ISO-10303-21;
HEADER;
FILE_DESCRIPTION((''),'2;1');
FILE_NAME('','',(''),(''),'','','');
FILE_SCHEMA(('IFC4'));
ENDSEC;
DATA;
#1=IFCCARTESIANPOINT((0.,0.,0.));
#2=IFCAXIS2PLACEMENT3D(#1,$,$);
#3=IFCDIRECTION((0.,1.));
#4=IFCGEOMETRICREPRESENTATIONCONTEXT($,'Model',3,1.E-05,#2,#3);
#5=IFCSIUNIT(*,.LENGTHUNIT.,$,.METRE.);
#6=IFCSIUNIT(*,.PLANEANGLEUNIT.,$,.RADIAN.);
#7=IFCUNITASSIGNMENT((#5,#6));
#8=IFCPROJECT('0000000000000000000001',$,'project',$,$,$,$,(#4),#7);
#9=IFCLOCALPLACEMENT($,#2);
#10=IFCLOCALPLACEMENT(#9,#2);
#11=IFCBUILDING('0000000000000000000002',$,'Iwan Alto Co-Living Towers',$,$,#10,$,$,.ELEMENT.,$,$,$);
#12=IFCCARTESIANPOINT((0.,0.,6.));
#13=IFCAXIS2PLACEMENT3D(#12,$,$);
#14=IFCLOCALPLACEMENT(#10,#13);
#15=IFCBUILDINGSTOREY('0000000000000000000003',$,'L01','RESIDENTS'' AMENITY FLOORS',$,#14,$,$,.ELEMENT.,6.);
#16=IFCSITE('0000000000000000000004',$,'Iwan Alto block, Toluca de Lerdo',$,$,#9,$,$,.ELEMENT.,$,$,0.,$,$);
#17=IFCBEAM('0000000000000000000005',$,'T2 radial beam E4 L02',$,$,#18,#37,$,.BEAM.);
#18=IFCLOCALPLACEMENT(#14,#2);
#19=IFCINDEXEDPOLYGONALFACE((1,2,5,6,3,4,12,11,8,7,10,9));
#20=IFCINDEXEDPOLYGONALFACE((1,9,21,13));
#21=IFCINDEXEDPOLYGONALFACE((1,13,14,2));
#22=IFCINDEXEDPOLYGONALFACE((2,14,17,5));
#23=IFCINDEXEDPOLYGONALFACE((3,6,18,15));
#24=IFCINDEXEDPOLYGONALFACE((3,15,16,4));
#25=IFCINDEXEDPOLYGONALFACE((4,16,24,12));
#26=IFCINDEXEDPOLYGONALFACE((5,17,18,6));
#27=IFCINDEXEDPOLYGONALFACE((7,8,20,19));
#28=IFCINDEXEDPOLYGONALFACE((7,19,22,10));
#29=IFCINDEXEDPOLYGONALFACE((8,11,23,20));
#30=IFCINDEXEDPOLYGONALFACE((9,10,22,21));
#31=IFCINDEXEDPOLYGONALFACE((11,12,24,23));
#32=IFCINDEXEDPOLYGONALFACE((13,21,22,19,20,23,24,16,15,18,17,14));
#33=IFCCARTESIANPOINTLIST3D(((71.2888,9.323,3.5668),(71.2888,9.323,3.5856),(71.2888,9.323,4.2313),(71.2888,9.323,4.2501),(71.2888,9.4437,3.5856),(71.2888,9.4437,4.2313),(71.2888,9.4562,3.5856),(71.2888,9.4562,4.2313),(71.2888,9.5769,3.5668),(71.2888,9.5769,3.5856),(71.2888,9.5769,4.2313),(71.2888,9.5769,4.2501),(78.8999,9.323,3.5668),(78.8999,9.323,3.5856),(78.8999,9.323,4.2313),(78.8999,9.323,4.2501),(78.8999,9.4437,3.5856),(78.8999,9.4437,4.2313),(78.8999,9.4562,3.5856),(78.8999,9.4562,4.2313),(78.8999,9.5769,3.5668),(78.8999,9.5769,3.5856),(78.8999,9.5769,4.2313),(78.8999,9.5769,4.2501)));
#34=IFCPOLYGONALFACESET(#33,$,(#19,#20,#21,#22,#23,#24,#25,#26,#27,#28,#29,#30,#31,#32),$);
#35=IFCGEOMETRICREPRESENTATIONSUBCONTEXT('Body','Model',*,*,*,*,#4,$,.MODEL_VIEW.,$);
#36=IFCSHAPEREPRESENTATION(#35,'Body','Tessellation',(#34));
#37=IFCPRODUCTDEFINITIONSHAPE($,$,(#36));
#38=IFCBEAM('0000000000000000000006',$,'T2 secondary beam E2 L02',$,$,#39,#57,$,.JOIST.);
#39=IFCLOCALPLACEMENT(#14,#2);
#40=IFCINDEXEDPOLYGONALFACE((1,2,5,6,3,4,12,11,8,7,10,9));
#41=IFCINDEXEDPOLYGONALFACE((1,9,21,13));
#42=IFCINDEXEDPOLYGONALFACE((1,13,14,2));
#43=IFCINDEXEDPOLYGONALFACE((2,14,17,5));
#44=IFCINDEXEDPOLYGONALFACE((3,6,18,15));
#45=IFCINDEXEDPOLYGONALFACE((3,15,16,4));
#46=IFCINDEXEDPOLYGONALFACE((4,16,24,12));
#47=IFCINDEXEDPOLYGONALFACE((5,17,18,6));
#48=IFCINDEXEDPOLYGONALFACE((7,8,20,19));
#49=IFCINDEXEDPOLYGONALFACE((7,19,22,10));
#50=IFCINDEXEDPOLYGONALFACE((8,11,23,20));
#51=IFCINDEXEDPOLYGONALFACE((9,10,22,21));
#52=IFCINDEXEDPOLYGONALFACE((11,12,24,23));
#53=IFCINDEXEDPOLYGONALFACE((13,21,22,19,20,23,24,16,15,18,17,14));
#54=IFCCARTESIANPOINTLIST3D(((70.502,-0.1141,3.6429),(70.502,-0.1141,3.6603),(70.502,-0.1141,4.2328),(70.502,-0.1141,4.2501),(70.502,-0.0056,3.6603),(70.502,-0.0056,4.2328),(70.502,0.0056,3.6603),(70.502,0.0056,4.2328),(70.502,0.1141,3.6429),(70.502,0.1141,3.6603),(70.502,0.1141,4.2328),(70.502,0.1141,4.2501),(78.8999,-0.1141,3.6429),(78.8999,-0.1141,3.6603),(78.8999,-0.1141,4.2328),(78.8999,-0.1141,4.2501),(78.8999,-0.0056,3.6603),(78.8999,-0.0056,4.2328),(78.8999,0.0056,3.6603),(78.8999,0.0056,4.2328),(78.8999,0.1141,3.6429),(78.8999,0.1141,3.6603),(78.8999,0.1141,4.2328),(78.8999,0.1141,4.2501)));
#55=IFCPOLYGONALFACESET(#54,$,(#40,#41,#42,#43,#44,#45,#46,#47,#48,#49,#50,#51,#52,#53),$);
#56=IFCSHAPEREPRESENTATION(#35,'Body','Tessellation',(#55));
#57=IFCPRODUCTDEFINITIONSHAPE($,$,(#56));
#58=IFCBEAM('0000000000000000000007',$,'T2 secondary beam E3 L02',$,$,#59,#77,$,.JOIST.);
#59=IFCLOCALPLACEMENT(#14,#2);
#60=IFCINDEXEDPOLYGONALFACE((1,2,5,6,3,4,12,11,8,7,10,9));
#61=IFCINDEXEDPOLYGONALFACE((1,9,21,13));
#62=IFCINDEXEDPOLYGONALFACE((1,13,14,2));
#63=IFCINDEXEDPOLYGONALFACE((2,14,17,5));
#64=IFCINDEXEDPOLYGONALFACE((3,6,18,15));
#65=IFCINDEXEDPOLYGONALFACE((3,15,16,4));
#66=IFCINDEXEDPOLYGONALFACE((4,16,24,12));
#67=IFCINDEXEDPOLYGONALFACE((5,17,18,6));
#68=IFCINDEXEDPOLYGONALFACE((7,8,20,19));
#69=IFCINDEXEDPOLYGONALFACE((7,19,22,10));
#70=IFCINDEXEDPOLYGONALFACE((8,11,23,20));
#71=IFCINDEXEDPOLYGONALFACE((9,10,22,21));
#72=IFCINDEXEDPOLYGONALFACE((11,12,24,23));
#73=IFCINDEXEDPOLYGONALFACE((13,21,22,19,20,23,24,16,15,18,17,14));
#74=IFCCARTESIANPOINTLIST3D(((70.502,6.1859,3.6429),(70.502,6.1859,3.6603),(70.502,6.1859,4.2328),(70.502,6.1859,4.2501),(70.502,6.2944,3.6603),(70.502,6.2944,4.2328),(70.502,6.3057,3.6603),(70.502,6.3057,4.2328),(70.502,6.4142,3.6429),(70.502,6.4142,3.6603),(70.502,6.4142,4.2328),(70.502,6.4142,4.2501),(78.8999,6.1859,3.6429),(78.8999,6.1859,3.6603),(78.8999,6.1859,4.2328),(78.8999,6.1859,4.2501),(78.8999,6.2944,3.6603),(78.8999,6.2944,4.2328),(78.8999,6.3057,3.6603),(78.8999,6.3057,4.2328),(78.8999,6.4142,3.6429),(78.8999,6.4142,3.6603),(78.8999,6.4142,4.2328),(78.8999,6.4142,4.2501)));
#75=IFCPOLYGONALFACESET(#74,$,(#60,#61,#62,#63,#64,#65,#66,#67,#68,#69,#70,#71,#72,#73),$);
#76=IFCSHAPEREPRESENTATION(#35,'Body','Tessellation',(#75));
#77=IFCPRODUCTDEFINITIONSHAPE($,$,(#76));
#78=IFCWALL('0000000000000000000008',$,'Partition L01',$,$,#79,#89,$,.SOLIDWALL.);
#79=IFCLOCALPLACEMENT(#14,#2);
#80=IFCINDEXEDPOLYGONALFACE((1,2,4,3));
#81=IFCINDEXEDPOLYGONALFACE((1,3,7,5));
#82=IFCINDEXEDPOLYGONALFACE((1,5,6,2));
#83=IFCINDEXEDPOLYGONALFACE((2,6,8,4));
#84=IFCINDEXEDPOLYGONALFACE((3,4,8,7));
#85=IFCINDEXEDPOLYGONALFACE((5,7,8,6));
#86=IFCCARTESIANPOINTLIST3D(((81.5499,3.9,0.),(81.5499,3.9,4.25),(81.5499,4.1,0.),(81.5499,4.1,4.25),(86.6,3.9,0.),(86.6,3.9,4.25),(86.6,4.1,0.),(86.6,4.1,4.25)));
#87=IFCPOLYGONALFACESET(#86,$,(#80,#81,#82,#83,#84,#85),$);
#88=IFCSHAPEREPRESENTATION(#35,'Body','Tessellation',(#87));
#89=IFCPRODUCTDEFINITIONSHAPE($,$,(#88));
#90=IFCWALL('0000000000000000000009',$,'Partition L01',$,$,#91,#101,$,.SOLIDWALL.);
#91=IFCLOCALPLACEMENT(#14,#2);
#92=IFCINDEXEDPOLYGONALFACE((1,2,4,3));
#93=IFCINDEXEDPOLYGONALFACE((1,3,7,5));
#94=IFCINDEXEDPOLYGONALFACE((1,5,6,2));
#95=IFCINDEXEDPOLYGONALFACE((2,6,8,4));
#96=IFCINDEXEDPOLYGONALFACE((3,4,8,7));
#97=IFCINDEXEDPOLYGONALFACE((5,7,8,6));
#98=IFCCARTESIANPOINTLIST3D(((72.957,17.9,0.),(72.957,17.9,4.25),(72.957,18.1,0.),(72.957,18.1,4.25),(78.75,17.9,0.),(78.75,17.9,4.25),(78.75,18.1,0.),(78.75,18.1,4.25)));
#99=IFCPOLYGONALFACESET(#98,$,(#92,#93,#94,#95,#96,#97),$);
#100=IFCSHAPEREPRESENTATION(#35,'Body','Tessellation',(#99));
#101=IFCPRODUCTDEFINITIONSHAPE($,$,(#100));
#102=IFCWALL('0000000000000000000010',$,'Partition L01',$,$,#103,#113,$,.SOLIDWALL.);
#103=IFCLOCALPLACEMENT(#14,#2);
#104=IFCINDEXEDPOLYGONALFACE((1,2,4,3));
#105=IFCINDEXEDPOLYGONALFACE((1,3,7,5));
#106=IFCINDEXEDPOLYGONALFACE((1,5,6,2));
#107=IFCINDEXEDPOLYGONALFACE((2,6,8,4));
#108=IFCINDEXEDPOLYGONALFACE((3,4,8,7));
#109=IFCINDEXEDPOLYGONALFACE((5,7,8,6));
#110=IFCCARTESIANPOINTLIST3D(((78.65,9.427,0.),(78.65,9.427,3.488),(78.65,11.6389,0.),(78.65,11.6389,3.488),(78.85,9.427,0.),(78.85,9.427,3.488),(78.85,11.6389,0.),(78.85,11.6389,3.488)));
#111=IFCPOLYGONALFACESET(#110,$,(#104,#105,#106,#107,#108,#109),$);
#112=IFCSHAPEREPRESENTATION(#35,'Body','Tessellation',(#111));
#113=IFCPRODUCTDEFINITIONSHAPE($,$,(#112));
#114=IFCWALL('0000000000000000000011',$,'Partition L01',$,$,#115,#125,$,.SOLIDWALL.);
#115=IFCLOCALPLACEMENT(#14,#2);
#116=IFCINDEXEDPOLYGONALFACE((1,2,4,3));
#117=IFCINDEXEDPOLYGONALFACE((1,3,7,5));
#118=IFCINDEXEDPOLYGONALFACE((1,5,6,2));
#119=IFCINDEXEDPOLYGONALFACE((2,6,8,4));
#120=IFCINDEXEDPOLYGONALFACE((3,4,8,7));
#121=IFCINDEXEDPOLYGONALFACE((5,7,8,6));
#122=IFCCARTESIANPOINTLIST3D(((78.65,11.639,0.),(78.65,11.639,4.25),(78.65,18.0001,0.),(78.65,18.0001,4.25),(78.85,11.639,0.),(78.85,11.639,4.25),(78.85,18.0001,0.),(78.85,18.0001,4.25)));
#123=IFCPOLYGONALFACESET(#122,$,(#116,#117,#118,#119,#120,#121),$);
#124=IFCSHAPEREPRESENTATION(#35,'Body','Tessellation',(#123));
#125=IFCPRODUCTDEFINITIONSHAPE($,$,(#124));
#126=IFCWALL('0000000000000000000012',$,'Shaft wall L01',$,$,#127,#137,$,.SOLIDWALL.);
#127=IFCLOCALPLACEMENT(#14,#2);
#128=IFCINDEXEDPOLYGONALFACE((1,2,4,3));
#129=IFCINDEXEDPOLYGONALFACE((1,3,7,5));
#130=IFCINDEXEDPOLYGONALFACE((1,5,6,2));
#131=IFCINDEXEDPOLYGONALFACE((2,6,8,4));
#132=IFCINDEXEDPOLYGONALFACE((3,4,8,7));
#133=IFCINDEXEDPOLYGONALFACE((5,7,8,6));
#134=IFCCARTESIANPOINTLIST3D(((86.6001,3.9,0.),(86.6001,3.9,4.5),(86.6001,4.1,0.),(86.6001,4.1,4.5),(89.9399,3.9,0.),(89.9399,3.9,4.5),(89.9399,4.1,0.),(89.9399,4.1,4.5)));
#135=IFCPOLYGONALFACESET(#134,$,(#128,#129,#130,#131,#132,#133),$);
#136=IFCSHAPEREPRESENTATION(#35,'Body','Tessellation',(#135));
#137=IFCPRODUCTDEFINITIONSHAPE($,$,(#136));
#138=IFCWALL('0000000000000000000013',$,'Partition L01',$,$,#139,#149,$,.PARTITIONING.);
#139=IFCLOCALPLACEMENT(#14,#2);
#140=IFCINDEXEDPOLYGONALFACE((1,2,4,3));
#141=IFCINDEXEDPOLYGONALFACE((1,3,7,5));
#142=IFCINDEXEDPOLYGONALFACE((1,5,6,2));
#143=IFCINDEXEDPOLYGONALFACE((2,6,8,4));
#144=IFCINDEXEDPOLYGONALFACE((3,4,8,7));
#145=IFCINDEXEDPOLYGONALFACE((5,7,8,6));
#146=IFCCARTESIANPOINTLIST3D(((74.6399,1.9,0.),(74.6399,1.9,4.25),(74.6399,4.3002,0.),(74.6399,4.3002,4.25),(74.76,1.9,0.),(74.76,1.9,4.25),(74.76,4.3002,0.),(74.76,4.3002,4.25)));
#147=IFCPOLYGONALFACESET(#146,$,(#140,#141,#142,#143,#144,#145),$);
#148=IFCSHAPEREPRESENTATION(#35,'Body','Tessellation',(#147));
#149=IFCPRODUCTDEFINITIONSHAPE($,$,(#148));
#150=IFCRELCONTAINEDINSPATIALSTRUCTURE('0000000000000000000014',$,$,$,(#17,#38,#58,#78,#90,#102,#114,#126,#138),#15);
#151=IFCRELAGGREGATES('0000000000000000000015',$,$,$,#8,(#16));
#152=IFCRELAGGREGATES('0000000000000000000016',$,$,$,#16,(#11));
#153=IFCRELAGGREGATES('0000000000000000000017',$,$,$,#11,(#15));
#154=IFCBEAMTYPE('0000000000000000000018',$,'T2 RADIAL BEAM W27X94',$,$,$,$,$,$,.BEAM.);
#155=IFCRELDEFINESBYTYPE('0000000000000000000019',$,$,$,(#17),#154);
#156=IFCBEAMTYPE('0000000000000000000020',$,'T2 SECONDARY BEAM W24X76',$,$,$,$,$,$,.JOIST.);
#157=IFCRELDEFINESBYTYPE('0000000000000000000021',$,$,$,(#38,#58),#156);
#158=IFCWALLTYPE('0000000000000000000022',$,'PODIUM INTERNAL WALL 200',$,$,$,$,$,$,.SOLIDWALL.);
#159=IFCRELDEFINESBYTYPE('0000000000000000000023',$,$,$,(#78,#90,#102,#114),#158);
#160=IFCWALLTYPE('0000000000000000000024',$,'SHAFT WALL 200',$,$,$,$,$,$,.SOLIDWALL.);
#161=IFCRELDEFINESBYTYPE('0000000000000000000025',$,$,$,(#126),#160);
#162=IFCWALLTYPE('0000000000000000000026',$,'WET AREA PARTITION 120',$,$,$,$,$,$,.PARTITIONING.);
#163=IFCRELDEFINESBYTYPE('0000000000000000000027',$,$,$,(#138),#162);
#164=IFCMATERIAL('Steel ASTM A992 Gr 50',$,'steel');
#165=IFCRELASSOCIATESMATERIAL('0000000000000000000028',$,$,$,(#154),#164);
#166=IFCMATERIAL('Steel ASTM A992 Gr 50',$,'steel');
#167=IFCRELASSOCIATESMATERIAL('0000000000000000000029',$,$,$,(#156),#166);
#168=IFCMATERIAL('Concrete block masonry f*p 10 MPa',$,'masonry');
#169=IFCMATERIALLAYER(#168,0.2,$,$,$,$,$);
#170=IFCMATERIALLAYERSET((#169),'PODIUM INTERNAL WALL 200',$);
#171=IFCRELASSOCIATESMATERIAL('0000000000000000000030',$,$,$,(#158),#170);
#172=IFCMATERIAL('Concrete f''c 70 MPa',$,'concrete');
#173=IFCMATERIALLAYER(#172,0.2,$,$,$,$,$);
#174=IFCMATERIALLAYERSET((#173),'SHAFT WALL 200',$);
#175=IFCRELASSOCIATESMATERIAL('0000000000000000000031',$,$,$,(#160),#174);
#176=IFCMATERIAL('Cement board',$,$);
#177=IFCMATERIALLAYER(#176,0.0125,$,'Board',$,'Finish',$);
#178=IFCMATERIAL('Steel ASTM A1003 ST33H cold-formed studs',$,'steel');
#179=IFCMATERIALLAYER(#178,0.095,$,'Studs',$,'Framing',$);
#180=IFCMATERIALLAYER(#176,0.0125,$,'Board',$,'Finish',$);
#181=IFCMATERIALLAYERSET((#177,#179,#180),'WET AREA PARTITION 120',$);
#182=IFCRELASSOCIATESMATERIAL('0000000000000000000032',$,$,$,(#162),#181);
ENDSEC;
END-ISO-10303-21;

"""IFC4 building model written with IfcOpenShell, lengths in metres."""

from ifc_helpers import new_model, si_unit, direction, frame, frame_2d, origin, origin_2d, place, context, subcontext, project, spatial, rectangle, i_section, extrude, material, layer, layer_set, material_profile, profile_set, type_object, element, save


model = new_model("IFC4")

# Units and contexts
model_context = context("Model", 3, precision=1e-05, world=origin(), true_north=direction((0.0, 1.0)))
body_context = subcontext(model_context, "Body", "Model", "MODEL_VIEW")
ifc_project = project(units=[si_unit("LENGTHUNIT", "METRE"), si_unit("PLANEANGLEUNIT", "RADIAN")], contexts=[model_context])

# Site, building, storey
site_placement = place(None, origin())
site = spatial("IfcSite", under=ifc_project, at=site_placement, Name="Iwan Alto block, Toluca de Lerdo", CompositionType="ELEMENT", RefElevation=0.0)
building_placement = place(site_placement, origin())
building = spatial("IfcBuilding", under=site, at=building_placement, Name="Iwan Alto Co-Living Towers", CompositionType="ELEMENT")
storey_placement = place(building_placement, frame((0.0, 0.0, 6.0)))
storey = spatial("IfcBuildingStorey", under=building, at=storey_placement, Name="L01", Description="RESIDENTS' AMENITY FLOORS", CompositionType="ELEMENT", Elevation=6.0)

# Beams
ifc_material_1 = material(Name="Steel ASTM A992 Gr 50", Category="steel")
ifc_material_profile_1 = material_profile(ifc_material_1, i_section(OverallWidth=0.2539, OverallDepth=0.6833, WebThickness=0.0125, FlangeThickness=0.0188, at=origin_2d()), Name="W27X94")
ifc_profile_set_1 = profile_set([ifc_material_profile_1], Name="Steel ASTM A992 Gr 50")
beam_type_1 = type_object("IfcBeamType", Name="T2 RADIAL BEAM W27X94", PredefinedType="BEAM", material=ifc_profile_set_1)
beam_1_placement = place(storey_placement, frame((78.8999, 9.45, 3.9084), z_axis=(-1.0, 0.0, 0.0), x_axis=(0.0, -1.0, 0.0)))
element("IfcBeam", 1, at=beam_1_placement, inside=storey, type_object=beam_type_1, Name="T2 radial beam E4 L02", PredefinedType="BEAM", context=body_context, shape_type="SweptSolid", body=[
    extrude(i_section(OverallWidth=0.2539, OverallDepth=0.6833, WebThickness=0.0125, FlangeThickness=0.0188, at=origin_2d()), origin(), (0.0, 0.0, 1.0), 7.6111),
])
ifc_material_2 = material(Name="Steel ASTM A992 Gr 50", Category="steel")
ifc_material_profile_2 = material_profile(ifc_material_2, i_section(OverallWidth=0.2283, OverallDepth=0.6072, WebThickness=0.0112, FlangeThickness=0.0173, at=origin_2d()), Name="W24X76")
ifc_profile_set_2 = profile_set([ifc_material_profile_2], Name="Steel ASTM A992 Gr 50")
beam_type_2 = type_object("IfcBeamType", Name="T2 SECONDARY BEAM W24X76", PredefinedType="JOIST", material=ifc_profile_set_2)
for number, where, z_axis, x_axis, name in (
    (2, (78.8999, 0.0, 3.9465), (-1.0, 0.0, 0.0), (0.0, -1.0, 0.0), "T2 secondary beam E2 L02"),
    (3, (78.8999, 6.3, 3.9465), (-1.0, 0.0, 0.0), (0.0, -1.0, 0.0), "T2 secondary beam E3 L02"),
):
    element("IfcBeam", number, at=place(storey_placement, frame(where, z_axis=z_axis, x_axis=x_axis)), inside=storey, type_object=beam_type_2, Name=name, PredefinedType="JOIST", context=body_context, shape_type="SweptSolid", body=[
        extrude(i_section(OverallWidth=0.2283, OverallDepth=0.6072, WebThickness=0.0112, FlangeThickness=0.0173, at=origin_2d()), origin(), (0.0, 0.0, 1.0), 8.3979),
    ])

# Walls
ifc_material_3 = material(Name="Concrete block masonry f*p 10 MPa", Category="masonry")
ifc_layer_1 = layer(ifc_material_3, 0.2)
ifc_layer_set_1 = layer_set([ifc_layer_1], Name="PODIUM INTERNAL WALL 200")
wall_type_1 = type_object("IfcWallType", Name="PODIUM INTERNAL WALL 200", PredefinedType="SOLIDWALL", material=ifc_layer_set_1)
wall_1_placement = place(storey_placement, frame((81.55, 4.0, 0.0), z_axis=(0.0, 0.0, 1.0), x_axis=(1.0, 0.0, 0.0)))
element("IfcWall", 4, at=wall_1_placement, inside=storey, type_object=wall_type_1, Name="Partition L01", PredefinedType="SOLIDWALL", context=body_context, shape_type="SweptSolid", body=[
    extrude(rectangle(XDim=5.05, YDim=0.2, at=frame_2d((2.5249, 0.0))), origin(), (0.0, 0.0, 1.0), 4.25),
])
wall_2_placement = place(storey_placement, frame((72.957, 18.0, 0.0), z_axis=(0.0, 0.0, 1.0), x_axis=(1.0, 0.0, 0.0)))
element("IfcWall", 5, at=wall_2_placement, inside=storey, type_object=wall_type_1, Name="Partition L01", PredefinedType="SOLIDWALL", context=body_context, shape_type="SweptSolid", body=[
    extrude(rectangle(XDim=5.793, YDim=0.2, at=frame_2d((2.8965, 0.0))), origin(), (0.0, 0.0, 1.0), 4.25),
])
wall_3_placement = place(storey_placement, frame((78.75, 9.427, 0.0), z_axis=(0.0, 0.0, 1.0), x_axis=(0.0, 1.0, 0.0)))
element("IfcWall", 6, at=wall_3_placement, inside=storey, type_object=wall_type_1, Name="Partition L01", PredefinedType="SOLIDWALL", context=body_context, shape_type="SweptSolid", body=[
    extrude(rectangle(XDim=2.2119, YDim=0.2, at=frame_2d((1.106, 0.0))), origin(), (0.0, 0.0, 1.0), 3.488),
])
wall_4_placement = place(storey_placement, frame((78.75, 11.6389, 0.0), z_axis=(0.0, 0.0, 1.0), x_axis=(0.0, 1.0, 0.0)))
element("IfcWall", 7, at=wall_4_placement, inside=storey, type_object=wall_type_1, Name="Partition L01", PredefinedType="SOLIDWALL", context=body_context, shape_type="SweptSolid", body=[
    extrude(rectangle(XDim=6.3611, YDim=0.2, at=frame_2d((3.1807, 0.0))), origin(), (0.0, 0.0, 1.0), 4.25),
])
ifc_material_4 = material(Name="Concrete f'c 70 MPa", Category="concrete")
ifc_layer_2 = layer(ifc_material_4, 0.2)
ifc_layer_set_2 = layer_set([ifc_layer_2], Name="SHAFT WALL 200")
wall_type_2 = type_object("IfcWallType", Name="SHAFT WALL 200", PredefinedType="SOLIDWALL", material=ifc_layer_set_2)
wall_5_placement = place(storey_placement, frame((86.6001, 4.0, 0.0), z_axis=(0.0, 0.0, 1.0), x_axis=(1.0, 0.0, 0.0)))
element("IfcWall", 8, at=wall_5_placement, inside=storey, type_object=wall_type_2, Name="Shaft wall L01", PredefinedType="SOLIDWALL", context=body_context, shape_type="SweptSolid", body=[
    extrude(rectangle(XDim=3.3398, YDim=0.2, at=frame_2d((1.6699, 0.0))), origin(), (0.0, 0.0, 1.0), 4.5),
])
ifc_material_5 = material(Name="Cement board")
ifc_layer_3 = layer(ifc_material_5, 0.0125, Name="Board", Category="Finish")
ifc_material_6 = material(Name="Steel ASTM A1003 ST33H cold-formed studs", Category="steel")
ifc_layer_4 = layer(ifc_material_6, 0.095, Name="Studs", Category="Framing")
ifc_layer_5 = layer(ifc_material_5, 0.0125, Name="Board", Category="Finish")
ifc_layer_set_3 = layer_set([ifc_layer_3, ifc_layer_4, ifc_layer_5], Name="WET AREA PARTITION 120")
wall_type_3 = type_object("IfcWallType", Name="WET AREA PARTITION 120", PredefinedType="PARTITIONING", material=ifc_layer_set_3)
wall_6_placement = place(storey_placement, frame((74.7, 1.8999, 0.0), z_axis=(0.0, 0.0, 1.0), x_axis=(0.0, 1.0, 0.0)))
element("IfcWall", 9, at=wall_6_placement, inside=storey, type_object=wall_type_3, Name="Partition L01", PredefinedType="PARTITIONING", context=body_context, shape_type="SweptSolid", body=[
    extrude(rectangle(XDim=2.4001, YDim=0.1201, at=frame_2d((1.2002, 0.0))), origin(), (0.0, 0.0, 1.0), 4.25),
])

save(model, "model.ifc")
